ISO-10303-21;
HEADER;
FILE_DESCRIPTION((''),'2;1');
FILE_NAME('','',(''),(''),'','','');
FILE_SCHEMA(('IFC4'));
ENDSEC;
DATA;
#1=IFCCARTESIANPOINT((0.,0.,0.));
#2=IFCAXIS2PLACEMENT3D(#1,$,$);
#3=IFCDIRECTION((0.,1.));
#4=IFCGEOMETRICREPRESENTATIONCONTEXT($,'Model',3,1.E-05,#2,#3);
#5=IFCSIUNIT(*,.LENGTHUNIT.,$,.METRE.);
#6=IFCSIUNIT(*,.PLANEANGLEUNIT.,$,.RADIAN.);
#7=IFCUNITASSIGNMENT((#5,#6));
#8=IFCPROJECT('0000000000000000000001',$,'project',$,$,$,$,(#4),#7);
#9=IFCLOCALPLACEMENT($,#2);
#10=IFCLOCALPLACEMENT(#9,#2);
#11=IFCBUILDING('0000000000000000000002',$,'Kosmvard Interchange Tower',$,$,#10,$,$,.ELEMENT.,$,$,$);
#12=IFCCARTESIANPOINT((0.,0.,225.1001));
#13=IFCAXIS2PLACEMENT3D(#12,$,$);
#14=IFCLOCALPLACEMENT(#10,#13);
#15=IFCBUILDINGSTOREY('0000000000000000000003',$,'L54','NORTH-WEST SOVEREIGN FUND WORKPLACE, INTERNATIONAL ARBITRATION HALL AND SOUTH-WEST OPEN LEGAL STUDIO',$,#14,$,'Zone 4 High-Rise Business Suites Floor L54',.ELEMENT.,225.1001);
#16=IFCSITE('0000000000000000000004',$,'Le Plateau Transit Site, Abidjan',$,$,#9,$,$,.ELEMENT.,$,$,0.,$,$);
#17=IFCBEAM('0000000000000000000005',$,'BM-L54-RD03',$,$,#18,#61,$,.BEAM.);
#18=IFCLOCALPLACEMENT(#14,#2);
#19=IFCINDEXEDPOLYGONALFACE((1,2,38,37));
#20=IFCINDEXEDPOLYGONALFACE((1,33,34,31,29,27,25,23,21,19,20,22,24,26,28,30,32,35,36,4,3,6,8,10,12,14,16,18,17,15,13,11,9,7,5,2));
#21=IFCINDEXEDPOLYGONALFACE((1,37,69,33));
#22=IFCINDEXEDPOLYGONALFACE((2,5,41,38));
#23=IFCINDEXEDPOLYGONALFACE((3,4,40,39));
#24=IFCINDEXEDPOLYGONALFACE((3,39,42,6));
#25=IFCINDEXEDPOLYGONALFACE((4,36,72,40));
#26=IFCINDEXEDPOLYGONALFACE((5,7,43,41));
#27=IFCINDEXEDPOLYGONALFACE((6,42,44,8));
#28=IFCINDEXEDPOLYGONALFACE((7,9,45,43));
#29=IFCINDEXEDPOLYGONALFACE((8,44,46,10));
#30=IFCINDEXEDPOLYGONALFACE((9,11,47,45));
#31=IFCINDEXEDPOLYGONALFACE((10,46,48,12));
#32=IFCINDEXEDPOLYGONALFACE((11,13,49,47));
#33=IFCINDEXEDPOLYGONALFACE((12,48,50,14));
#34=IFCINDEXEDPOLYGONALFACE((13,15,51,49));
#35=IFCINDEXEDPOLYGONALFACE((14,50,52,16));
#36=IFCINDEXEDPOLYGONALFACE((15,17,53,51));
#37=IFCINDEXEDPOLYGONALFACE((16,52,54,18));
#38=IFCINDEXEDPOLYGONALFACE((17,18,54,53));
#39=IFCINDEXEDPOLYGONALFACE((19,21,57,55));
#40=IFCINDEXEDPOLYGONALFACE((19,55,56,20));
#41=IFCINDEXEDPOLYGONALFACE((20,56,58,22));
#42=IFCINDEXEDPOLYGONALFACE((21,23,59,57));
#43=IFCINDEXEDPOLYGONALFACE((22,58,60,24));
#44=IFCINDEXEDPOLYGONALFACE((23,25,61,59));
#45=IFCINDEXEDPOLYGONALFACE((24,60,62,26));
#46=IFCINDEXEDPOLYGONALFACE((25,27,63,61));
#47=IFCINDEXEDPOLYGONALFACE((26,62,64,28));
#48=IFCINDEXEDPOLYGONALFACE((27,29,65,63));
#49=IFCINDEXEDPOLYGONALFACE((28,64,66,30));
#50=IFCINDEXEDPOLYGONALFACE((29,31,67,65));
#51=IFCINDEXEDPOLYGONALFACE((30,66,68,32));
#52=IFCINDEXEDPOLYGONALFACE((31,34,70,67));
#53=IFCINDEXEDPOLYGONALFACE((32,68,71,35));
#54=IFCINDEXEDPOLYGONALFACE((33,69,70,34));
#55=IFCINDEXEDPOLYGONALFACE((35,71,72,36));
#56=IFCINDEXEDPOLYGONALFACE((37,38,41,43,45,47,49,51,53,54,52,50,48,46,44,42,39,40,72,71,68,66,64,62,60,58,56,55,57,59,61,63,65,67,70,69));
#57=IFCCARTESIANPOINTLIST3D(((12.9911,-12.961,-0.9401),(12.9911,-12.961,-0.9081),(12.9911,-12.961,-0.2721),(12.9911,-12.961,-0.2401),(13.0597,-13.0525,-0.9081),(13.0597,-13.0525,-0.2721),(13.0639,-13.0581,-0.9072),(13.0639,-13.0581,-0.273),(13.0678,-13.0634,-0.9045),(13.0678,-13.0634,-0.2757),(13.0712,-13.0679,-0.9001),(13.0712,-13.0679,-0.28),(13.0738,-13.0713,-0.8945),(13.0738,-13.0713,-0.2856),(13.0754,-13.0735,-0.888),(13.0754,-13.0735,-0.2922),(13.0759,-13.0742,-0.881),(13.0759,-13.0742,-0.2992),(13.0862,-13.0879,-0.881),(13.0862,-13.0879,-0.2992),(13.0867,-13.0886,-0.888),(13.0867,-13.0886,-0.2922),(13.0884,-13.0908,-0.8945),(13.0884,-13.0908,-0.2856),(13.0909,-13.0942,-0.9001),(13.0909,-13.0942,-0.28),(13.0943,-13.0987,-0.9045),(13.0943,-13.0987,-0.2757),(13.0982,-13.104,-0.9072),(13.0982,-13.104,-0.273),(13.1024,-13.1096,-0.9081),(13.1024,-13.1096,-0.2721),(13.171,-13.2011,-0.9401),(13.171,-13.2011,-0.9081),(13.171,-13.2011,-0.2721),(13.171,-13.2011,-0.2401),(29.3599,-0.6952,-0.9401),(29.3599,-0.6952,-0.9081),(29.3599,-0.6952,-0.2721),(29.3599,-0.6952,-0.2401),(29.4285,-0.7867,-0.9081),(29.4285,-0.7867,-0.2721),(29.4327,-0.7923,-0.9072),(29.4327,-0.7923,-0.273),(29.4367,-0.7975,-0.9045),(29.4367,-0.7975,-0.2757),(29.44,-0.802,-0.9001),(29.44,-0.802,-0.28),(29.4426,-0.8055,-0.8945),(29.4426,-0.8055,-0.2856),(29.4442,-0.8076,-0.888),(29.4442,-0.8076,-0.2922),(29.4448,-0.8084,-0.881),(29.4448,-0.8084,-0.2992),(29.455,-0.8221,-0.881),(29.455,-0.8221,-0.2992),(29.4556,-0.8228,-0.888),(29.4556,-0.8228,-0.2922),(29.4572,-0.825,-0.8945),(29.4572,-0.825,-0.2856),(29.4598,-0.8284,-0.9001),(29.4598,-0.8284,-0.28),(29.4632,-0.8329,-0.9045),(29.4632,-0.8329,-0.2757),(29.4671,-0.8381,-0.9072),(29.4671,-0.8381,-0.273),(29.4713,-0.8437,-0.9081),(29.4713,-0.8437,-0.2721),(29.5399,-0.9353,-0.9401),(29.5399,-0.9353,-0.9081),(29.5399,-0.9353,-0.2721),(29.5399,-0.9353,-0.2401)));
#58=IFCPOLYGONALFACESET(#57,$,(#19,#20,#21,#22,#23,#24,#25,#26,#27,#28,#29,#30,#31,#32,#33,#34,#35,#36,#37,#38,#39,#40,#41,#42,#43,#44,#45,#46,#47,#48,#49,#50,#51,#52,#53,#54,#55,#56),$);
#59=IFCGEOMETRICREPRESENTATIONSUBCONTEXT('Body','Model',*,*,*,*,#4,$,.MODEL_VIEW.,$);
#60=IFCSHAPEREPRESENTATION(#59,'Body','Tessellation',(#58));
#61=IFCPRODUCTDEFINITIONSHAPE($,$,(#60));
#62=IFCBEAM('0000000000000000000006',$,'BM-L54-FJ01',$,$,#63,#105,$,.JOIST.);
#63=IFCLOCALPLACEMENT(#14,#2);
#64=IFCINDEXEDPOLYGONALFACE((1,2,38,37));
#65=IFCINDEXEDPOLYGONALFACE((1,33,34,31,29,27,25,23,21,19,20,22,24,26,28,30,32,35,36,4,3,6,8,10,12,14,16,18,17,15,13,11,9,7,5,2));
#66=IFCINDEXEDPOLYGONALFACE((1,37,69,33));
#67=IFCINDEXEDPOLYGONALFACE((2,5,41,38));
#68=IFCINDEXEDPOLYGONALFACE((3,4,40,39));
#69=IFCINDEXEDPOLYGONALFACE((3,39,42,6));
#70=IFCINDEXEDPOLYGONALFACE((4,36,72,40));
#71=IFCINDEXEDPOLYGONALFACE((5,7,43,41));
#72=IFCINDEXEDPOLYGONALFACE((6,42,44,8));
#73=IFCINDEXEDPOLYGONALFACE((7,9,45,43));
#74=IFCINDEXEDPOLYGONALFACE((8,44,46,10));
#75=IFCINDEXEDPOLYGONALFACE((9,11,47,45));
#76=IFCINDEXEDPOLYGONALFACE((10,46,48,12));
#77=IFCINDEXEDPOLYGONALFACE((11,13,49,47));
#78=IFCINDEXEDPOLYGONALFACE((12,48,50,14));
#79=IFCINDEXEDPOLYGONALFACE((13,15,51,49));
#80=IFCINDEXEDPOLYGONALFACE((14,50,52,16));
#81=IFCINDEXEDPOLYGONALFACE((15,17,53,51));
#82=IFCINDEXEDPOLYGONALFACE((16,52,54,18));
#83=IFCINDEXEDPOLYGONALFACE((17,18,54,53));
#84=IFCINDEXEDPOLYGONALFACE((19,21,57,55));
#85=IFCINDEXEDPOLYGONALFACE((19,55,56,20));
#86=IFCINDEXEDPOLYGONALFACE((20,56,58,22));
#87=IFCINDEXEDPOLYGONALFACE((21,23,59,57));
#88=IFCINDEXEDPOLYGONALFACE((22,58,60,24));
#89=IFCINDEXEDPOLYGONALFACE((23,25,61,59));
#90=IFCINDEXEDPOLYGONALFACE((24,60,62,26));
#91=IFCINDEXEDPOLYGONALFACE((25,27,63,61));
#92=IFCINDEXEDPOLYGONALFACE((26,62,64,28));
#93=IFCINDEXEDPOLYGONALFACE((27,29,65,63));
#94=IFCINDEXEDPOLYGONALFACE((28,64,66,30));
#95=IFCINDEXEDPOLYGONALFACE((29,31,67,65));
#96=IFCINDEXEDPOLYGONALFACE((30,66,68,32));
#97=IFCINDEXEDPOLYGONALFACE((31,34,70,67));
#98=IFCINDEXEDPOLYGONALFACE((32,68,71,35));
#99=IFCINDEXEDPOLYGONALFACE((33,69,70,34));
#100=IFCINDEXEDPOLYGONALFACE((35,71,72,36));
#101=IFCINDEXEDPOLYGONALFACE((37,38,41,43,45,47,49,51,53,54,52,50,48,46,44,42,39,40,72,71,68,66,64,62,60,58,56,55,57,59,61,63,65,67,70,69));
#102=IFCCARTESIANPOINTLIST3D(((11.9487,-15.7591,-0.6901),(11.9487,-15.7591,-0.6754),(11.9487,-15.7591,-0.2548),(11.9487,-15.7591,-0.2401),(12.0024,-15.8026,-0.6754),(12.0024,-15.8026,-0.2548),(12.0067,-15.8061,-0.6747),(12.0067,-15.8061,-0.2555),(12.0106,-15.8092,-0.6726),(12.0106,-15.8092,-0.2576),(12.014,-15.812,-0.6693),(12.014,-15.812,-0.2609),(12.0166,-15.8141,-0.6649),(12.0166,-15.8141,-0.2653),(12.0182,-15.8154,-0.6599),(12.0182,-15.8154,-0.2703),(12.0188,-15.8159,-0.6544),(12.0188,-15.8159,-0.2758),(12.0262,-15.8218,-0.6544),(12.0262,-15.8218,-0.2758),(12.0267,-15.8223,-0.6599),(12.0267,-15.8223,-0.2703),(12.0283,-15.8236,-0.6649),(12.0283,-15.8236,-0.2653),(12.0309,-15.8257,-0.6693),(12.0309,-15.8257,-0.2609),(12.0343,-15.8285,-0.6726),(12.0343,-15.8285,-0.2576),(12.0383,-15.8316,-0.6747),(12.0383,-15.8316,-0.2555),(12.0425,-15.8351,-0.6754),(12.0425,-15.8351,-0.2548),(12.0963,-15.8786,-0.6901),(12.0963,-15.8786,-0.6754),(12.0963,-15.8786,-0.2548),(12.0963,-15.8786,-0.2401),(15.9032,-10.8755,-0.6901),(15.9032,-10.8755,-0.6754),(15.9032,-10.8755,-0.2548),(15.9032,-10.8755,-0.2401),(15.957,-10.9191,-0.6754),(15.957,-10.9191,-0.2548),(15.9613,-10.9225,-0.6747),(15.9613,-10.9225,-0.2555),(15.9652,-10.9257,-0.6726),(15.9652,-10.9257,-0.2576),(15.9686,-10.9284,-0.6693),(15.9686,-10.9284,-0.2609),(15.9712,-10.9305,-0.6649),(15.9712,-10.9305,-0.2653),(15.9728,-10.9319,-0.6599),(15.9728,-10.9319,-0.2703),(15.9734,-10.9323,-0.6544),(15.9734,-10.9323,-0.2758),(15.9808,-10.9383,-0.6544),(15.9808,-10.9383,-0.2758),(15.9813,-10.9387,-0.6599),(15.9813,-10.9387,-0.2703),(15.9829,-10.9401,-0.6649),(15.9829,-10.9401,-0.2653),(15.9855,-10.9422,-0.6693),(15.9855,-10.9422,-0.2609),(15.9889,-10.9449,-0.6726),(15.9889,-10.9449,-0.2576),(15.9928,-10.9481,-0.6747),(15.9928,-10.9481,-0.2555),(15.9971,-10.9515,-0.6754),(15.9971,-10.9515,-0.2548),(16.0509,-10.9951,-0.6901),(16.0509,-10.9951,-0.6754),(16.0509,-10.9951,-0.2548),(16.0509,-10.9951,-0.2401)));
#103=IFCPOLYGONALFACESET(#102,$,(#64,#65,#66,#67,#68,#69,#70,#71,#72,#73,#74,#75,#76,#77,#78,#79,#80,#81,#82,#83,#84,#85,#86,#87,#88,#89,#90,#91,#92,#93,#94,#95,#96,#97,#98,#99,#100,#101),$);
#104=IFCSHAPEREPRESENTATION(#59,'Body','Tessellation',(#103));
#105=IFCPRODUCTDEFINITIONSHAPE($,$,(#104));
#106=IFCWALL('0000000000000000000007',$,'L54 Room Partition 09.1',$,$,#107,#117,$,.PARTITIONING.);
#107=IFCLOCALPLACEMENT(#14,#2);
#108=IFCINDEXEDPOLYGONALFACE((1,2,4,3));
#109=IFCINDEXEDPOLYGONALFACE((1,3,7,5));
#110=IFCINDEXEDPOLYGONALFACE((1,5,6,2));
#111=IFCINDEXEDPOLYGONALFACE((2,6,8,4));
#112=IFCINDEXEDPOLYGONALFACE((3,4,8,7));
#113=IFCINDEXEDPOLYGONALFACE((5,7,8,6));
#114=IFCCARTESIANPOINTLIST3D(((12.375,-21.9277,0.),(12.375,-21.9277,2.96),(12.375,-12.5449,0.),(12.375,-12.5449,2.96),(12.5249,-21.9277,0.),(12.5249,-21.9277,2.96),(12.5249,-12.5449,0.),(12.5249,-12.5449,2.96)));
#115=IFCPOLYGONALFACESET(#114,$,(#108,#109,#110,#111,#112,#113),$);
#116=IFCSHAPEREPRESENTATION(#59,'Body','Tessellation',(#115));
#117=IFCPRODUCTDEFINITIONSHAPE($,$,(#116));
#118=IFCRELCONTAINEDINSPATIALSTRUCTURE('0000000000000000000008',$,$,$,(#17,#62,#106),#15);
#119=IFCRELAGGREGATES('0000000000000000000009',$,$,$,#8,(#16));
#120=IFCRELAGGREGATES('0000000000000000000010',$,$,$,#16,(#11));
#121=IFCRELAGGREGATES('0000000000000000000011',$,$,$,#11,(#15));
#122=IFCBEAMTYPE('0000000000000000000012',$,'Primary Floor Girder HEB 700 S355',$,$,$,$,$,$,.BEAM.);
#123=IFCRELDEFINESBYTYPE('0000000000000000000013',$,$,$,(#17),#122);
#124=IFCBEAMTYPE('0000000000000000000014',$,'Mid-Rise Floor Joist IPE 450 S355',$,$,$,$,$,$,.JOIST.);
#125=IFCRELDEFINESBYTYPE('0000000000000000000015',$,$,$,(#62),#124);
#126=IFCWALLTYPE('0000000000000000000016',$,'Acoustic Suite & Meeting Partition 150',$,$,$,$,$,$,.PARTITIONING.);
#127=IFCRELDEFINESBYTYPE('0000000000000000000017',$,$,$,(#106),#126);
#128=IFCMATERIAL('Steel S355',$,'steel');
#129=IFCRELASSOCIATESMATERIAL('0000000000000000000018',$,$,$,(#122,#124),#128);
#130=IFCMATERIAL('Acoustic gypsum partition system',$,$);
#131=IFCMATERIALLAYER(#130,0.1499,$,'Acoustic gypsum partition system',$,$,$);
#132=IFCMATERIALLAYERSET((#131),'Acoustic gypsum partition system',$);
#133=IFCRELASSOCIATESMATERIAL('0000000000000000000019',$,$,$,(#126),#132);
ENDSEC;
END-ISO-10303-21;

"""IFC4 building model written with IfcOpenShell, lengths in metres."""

from ifc_helpers import new_model, si_unit, direction, frame, frame_2d, origin, origin_2d, place, context, subcontext, project, spatial, rectangle, i_section, extrude, source, transform, mapped, material, layer, layer_set, material_profile, profile_set, type_object, element, save


model = new_model("IFC4")

# Units and contexts
model_context = context("Model", 3, precision=1e-05, world=origin(), true_north=direction((0.0, 1.0)))
body_context = subcontext(model_context, "Body", "Model", "MODEL_VIEW")
ifc_project = project(units=[si_unit("LENGTHUNIT", "METRE"), si_unit("PLANEANGLEUNIT", "RADIAN")], contexts=[model_context])

# Site, building, storey
site_placement = place(None, origin())
site = spatial("IfcSite", under=ifc_project, at=site_placement, Name="Le Plateau Transit Site, Abidjan", CompositionType="ELEMENT", RefElevation=0.0)
building_placement = place(site_placement, origin())
building = spatial("IfcBuilding", under=site, at=building_placement, Name="Kosmvard Interchange Tower", CompositionType="ELEMENT")
storey_placement = place(building_placement, frame((0.0, 0.0, 225.1001)))
storey = spatial("IfcBuildingStorey", under=building, at=storey_placement, Name="L54", Description="NORTH-WEST SOVEREIGN FUND WORKPLACE, INTERNATIONAL ARBITRATION HALL AND SOUTH-WEST OPEN LEGAL STUDIO", LongName="Zone 4 High-Rise Business Suites Floor L54", CompositionType="ELEMENT", Elevation=225.1001)

# Beams
ifc_material_1 = material(Name="Steel S355", Category="steel")
ifc_material_profile_1 = material_profile(ifc_material_1, i_section(OverallWidth=0.3, OverallDepth=0.7, WebThickness=0.0171, FlangeThickness=0.032, FilletRadius=0.0271, at=origin_2d()), Name="HEB 700")
ifc_profile_set_1 = profile_set([ifc_material_profile_1], Name="Steel S355")
beam_type_1 = type_object("IfcBeamType", Name="Primary Floor Girder HEB 700 S355", PredefinedType="BEAM", material=ifc_profile_set_1)
shared_shape_1 = source(origin(), body_context, "Body", "SweptSolid", [
    extrude(i_section(OverallWidth=0.3, OverallDepth=0.7, WebThickness=0.0171, FlangeThickness=0.032, FilletRadius=0.0271, at=origin_2d()), origin(), (0.0, 0.0, 1.0), 20.4546),
])
beam_1_placement = place(storey_placement, frame((13.0811, -13.0811, -0.5901), z_axis=(0.800253, 0.599662, 0.0), x_axis=(-0.599662, 0.800253, 0.0)))
element("IfcBeam", 1, at=beam_1_placement, inside=storey, type_object=beam_type_1, Name="BM-L54-RD03", PredefinedType="BEAM", context=body_context, shape_type="MappedRepresentation", body=[
    mapped(shared_shape_1, transform((0.0, 0.0, 0.0), scale=1.0)),
])
ifc_material_profile_2 = material_profile(ifc_material_1, i_section(OverallWidth=0.1899, OverallDepth=0.45, WebThickness=0.0095, FlangeThickness=0.0146, FilletRadius=0.021, at=origin_2d()), Name="IPE 450")
ifc_profile_set_2 = profile_set([ifc_material_profile_2], Name="Steel S355")
beam_type_2 = type_object("IfcBeamType", Name="Mid-Rise Floor Joist IPE 450 S355", PredefinedType="JOIST", material=ifc_profile_set_2)
shared_shape_2 = source(origin(), body_context, "Body", "SweptSolid", [
    extrude(i_section(OverallWidth=0.1899, OverallDepth=0.45, WebThickness=0.0095, FlangeThickness=0.0146, FilletRadius=0.021, at=origin_2d()), origin(), (0.0, 0.0, 1.0), 6.2839),
])
beam_2_placement = place(storey_placement, frame((12.0225, -15.8188, -0.4651), z_axis=(0.629318, 0.777148, 0.0), x_axis=(-0.777148, 0.629318, 0.0)))
element("IfcBeam", 2, at=beam_2_placement, inside=storey, type_object=beam_type_2, Name="BM-L54-FJ01", PredefinedType="JOIST", context=body_context, shape_type="MappedRepresentation", body=[
    mapped(shared_shape_2, transform((0.0, 0.0, 0.0), scale=1.0)),
])

# Wall
ifc_material_2 = material(Name="Acoustic gypsum partition system")
ifc_layer_1 = layer(ifc_material_2, 0.1499, Name="Acoustic gypsum partition system")
ifc_layer_set_1 = layer_set([ifc_layer_1], Name="Acoustic gypsum partition system")
wall_type_1 = type_object("IfcWallType", Name="Acoustic Suite & Meeting Partition 150", PredefinedType="PARTITIONING", material=ifc_layer_set_1)
wall_1_placement = place(storey_placement, frame((12.45, -21.9277, 0.0), z_axis=(0.0, 0.0, 1.0), x_axis=(0.0, 1.0, 0.0)))
element("IfcWall", 3, at=wall_1_placement, inside=storey, type_object=wall_type_1, Name="L54 Room Partition 09.1", PredefinedType="PARTITIONING", context=body_context, shape_type="SweptSolid", body=[
    extrude(rectangle(XDim=9.3828, YDim=0.1499, at=frame_2d((4.6914, 0.0))), origin(), (0.0, 0.0, 1.0), 2.96),
])

save(model, "model.ifc")
